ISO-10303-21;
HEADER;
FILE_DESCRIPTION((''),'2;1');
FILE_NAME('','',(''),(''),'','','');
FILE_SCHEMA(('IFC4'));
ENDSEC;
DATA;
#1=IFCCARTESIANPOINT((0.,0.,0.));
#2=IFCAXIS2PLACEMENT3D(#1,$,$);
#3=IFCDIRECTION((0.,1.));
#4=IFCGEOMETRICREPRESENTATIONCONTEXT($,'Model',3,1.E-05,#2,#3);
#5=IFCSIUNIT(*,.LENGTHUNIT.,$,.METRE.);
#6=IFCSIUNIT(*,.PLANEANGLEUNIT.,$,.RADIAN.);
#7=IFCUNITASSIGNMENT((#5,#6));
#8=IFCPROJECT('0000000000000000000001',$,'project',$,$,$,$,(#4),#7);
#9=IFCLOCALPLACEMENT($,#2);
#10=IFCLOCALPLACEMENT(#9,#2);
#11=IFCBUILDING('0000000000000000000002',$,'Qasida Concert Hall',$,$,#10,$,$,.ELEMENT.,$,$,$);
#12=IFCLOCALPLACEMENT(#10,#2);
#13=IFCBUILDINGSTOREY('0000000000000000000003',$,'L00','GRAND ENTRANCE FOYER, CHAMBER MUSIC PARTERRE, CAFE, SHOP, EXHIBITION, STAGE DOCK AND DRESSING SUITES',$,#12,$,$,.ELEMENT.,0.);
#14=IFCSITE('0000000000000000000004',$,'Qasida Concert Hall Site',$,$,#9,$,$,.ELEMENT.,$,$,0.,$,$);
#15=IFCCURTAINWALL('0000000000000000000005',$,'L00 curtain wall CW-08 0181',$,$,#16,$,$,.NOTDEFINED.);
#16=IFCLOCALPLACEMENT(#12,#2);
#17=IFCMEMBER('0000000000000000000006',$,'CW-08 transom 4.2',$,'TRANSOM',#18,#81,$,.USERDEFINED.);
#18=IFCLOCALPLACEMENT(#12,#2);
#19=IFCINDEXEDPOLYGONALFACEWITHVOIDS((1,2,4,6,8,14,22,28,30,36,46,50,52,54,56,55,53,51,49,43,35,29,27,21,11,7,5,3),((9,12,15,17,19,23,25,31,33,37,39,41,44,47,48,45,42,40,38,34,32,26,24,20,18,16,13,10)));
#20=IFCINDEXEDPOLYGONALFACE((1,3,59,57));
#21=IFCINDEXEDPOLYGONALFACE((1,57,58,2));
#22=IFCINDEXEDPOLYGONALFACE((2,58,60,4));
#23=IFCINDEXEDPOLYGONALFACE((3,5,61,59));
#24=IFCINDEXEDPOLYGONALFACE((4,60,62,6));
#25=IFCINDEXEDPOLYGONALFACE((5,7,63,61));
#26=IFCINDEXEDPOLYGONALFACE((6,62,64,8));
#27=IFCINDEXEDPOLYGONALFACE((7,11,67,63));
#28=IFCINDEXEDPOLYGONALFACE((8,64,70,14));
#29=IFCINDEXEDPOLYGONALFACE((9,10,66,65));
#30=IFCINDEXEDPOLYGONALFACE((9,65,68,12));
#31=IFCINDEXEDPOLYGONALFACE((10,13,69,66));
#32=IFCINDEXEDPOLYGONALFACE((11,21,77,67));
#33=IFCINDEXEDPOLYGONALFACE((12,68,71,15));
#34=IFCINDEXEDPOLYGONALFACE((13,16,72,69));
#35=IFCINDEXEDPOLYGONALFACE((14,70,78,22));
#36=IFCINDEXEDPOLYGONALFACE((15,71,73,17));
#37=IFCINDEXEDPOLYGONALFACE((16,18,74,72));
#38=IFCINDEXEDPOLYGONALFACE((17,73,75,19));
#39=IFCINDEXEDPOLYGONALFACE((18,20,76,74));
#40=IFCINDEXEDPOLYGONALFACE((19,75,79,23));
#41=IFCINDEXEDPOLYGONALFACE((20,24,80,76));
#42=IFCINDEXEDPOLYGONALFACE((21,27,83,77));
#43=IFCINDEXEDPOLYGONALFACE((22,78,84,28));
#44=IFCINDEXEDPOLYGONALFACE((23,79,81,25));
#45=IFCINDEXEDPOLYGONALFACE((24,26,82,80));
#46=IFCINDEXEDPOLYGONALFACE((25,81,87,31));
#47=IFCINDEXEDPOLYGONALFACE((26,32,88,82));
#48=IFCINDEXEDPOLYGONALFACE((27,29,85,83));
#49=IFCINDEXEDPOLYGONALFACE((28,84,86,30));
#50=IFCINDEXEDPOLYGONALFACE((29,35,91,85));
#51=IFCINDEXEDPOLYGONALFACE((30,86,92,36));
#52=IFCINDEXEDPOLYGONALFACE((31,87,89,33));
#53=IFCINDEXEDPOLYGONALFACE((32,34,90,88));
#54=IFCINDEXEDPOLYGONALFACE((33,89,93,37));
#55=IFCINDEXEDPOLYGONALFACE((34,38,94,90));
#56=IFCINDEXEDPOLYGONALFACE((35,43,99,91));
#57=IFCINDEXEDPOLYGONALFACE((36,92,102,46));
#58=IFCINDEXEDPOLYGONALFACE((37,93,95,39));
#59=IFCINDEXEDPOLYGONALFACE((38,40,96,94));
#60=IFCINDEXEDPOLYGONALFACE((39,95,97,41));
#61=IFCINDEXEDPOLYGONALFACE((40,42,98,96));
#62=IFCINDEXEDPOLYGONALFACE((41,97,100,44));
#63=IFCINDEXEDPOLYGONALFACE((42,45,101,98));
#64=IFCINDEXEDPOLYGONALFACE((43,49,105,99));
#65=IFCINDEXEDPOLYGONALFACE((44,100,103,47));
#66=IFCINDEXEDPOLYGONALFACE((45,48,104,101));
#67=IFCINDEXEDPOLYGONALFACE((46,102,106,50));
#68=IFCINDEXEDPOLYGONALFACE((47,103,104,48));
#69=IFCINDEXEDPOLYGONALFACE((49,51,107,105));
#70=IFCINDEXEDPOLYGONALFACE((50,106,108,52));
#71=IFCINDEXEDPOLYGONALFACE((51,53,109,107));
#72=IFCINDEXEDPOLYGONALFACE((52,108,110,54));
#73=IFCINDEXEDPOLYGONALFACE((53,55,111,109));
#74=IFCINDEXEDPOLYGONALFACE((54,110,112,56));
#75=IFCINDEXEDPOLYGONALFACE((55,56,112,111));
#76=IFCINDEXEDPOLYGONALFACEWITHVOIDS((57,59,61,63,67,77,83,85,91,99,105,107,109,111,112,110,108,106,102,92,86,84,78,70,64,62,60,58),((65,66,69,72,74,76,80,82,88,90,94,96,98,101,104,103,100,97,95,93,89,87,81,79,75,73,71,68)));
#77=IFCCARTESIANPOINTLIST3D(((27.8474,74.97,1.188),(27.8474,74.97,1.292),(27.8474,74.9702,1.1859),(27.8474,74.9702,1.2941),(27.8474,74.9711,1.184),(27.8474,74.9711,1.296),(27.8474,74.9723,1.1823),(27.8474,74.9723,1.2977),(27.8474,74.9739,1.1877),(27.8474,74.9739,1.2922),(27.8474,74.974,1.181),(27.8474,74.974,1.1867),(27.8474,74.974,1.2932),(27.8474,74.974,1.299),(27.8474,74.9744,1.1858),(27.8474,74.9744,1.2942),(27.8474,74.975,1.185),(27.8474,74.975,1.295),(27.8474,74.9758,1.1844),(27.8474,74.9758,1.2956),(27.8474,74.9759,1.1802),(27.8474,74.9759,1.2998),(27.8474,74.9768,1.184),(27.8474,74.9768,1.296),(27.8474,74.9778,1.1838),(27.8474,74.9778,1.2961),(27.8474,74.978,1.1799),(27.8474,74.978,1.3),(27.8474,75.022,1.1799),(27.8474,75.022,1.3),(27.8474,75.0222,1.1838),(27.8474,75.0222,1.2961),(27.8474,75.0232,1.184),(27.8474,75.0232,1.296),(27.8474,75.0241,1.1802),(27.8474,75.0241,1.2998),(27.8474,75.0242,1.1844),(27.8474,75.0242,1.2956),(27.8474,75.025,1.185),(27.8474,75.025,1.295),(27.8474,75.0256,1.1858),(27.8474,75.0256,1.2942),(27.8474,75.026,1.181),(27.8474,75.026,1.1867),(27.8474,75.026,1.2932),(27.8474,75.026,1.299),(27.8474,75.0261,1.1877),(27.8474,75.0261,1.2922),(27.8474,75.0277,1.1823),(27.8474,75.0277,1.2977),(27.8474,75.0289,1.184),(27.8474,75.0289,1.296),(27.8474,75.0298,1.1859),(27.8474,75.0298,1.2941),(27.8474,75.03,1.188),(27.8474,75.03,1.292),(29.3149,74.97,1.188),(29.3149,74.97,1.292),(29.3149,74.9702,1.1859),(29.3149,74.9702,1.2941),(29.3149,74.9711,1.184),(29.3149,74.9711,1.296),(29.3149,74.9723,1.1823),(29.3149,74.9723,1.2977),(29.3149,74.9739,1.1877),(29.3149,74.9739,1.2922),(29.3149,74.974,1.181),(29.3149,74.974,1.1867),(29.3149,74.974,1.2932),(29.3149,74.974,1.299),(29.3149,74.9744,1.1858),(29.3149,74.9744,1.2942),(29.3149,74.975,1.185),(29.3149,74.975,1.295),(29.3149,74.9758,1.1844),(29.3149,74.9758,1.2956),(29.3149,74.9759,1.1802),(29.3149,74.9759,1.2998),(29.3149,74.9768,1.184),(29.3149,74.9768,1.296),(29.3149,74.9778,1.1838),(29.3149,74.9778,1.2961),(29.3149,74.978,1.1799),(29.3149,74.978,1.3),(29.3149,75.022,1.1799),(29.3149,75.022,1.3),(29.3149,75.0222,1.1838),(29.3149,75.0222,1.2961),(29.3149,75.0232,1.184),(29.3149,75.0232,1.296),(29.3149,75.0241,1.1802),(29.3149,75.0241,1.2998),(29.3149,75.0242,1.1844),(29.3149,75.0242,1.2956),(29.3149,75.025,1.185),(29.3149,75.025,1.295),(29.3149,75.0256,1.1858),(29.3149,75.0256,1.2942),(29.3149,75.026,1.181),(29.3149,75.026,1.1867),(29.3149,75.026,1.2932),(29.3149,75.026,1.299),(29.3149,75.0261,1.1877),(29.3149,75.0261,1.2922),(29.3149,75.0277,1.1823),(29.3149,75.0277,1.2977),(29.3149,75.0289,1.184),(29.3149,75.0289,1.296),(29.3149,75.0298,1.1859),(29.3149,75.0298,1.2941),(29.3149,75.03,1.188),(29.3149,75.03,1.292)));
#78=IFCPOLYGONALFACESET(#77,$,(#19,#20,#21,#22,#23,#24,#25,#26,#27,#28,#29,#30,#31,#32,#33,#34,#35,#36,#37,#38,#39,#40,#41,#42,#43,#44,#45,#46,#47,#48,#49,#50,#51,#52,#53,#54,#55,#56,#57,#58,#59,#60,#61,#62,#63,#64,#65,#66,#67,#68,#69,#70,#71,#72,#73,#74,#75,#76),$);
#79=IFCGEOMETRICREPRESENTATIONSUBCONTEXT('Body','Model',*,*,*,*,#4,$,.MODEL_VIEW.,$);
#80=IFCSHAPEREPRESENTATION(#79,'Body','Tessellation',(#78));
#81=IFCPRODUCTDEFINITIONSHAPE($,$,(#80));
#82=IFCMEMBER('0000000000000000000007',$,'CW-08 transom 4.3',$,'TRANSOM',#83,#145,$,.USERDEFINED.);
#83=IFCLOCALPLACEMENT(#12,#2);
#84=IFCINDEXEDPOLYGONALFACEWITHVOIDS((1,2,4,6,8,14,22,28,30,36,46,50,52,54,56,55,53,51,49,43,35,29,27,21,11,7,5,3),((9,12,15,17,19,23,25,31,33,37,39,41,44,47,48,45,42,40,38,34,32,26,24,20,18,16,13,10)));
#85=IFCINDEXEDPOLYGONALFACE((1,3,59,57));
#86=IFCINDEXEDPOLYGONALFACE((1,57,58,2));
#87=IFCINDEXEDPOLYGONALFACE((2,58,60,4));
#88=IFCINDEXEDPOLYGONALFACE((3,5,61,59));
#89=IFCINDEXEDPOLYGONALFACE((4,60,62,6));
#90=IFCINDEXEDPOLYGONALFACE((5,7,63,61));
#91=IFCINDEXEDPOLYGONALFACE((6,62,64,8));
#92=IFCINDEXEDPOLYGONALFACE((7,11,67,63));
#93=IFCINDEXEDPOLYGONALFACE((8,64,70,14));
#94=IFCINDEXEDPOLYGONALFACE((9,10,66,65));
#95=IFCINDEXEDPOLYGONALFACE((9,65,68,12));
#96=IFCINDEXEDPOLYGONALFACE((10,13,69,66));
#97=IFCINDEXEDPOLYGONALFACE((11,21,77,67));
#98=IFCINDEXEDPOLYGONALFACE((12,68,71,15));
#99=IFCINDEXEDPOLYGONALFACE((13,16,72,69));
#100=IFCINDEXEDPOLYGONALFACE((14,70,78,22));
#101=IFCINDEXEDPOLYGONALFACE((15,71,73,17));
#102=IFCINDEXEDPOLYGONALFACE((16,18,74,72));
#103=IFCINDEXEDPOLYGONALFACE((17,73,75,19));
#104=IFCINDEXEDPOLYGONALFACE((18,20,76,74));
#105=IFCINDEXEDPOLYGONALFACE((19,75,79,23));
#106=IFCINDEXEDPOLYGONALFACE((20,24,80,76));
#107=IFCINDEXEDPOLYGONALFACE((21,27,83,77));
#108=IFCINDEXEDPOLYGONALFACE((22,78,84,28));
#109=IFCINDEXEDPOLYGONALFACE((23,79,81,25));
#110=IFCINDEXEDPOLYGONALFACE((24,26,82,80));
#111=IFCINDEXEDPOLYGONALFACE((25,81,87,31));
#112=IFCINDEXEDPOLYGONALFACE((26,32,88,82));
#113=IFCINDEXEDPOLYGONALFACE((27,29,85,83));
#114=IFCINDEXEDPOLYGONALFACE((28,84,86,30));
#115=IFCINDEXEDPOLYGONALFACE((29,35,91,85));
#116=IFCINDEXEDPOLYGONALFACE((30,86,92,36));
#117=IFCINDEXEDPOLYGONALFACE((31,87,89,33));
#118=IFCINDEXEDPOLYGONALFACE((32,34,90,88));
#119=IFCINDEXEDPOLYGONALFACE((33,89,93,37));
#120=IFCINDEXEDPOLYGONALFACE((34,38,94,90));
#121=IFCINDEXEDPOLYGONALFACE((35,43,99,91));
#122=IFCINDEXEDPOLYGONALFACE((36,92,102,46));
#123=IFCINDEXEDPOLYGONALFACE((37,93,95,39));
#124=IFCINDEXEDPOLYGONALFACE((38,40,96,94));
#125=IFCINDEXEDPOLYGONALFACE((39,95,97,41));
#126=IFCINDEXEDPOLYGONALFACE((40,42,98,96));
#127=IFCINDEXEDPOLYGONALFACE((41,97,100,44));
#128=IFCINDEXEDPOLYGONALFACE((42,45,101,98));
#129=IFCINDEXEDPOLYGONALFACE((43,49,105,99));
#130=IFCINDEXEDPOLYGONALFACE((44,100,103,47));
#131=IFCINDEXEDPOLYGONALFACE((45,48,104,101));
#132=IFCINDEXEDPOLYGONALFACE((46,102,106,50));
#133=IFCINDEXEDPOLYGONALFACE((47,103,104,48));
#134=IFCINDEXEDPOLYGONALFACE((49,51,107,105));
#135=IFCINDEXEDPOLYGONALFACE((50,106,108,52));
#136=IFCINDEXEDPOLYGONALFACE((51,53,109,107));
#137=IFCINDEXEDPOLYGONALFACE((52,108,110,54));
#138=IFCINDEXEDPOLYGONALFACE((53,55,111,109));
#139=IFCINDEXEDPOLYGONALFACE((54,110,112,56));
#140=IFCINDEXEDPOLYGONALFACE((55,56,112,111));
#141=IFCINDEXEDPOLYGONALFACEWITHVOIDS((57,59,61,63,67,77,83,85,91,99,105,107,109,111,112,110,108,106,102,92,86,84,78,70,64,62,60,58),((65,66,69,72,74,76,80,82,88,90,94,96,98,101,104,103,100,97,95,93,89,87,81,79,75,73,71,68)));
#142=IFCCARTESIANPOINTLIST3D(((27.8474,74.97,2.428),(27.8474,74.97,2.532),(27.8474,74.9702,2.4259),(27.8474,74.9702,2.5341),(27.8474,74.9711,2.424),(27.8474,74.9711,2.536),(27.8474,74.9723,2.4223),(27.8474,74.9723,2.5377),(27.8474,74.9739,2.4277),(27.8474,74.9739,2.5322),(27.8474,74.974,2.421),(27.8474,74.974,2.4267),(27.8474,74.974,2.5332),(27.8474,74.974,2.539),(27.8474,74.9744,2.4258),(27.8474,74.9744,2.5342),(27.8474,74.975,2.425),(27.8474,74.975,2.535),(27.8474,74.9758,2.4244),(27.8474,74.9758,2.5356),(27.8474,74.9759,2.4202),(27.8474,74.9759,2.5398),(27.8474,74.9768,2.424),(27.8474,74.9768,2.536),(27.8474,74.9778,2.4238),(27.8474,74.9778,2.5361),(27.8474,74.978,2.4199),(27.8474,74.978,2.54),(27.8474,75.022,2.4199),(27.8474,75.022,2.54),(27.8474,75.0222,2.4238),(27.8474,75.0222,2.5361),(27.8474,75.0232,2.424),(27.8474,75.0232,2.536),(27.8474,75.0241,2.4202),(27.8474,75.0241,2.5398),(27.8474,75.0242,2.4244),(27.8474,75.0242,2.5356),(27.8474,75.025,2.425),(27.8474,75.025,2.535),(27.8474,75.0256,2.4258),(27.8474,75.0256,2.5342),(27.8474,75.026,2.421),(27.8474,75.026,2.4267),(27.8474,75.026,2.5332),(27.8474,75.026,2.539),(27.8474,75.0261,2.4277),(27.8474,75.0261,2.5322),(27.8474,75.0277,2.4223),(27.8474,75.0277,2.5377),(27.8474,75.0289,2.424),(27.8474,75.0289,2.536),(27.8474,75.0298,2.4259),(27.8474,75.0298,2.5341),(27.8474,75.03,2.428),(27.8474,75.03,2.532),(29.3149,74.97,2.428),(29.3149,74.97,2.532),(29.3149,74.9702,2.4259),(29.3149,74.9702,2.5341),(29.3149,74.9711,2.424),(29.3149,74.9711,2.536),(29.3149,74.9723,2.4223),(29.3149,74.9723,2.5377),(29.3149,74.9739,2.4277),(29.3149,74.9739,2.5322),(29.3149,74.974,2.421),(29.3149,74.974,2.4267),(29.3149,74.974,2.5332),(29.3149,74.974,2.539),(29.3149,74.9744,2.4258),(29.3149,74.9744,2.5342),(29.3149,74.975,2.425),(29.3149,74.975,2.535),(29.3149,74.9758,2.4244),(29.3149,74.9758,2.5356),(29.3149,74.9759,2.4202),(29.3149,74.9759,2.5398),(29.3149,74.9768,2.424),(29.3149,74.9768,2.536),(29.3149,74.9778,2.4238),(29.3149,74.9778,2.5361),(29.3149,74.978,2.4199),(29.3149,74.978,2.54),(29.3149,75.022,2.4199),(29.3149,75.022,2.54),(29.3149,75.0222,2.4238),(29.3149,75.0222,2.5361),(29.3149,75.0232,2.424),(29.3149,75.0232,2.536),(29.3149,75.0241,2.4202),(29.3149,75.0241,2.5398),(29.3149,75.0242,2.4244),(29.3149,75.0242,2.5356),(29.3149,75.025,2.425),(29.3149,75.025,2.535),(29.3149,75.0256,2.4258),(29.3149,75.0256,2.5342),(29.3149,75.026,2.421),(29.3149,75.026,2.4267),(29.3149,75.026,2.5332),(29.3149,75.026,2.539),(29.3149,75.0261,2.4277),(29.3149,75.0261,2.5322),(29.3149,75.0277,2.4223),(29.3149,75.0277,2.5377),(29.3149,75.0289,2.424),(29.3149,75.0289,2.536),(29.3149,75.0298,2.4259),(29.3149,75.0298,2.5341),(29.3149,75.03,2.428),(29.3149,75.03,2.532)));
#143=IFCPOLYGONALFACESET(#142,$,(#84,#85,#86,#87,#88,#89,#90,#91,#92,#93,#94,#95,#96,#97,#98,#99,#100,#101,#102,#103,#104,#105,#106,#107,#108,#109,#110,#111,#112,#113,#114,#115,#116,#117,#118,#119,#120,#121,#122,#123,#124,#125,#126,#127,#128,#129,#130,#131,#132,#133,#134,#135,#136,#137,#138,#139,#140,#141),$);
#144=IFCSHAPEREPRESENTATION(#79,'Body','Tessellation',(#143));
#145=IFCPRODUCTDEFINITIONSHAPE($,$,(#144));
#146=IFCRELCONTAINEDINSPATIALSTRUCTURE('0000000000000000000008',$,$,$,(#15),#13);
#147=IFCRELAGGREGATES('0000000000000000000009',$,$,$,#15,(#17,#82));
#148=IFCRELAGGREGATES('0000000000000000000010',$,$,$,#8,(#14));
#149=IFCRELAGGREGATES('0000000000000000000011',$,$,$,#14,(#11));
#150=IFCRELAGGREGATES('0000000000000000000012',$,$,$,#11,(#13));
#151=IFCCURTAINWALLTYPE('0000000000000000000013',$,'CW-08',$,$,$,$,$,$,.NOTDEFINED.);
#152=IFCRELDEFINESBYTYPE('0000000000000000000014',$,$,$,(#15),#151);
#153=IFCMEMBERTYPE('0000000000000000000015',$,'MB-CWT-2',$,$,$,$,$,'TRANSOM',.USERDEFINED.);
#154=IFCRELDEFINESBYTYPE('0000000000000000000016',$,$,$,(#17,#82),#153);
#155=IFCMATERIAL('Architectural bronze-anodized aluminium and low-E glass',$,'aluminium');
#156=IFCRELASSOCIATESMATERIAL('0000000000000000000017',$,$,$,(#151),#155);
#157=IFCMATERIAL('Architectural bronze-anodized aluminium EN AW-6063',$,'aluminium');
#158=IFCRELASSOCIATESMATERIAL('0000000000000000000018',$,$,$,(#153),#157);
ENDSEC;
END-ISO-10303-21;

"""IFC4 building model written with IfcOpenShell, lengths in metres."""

from ifc_helpers import new_model, si_unit, direction, frame, origin, origin_2d, place, context, subcontext, project, spatial, hollow_rectangle, extrude, material, material_profile, profile_set, type_object, element, aggregate, save


model = new_model("IFC4")

# Units and contexts
model_context = context("Model", 3, precision=1e-05, world=origin(), true_north=direction((0.0, 1.0)))
body_context = subcontext(model_context, "Body", "Model", "MODEL_VIEW")
ifc_project = project(units=[si_unit("LENGTHUNIT", "METRE"), si_unit("PLANEANGLEUNIT", "RADIAN")], contexts=[model_context])

# Site, building, storey
site_placement = place(None, origin())
site = spatial("IfcSite", under=ifc_project, at=site_placement, Name="Qasida Concert Hall Site", CompositionType="ELEMENT", RefElevation=0.0)
building_placement = place(site_placement, origin())
building = spatial("IfcBuilding", under=site, at=building_placement, Name="Qasida Concert Hall", CompositionType="ELEMENT")
storey_placement = place(building_placement, origin())
storey = spatial("IfcBuildingStorey", under=building, at=storey_placement, Name="L00", Description="GRAND ENTRANCE FOYER, CHAMBER MUSIC PARTERRE, CAFE, SHOP, EXHIBITION, STAGE DOCK AND DRESSING SUITES", CompositionType="ELEMENT", Elevation=0.0)

# Curtain wall
ifc_material_1 = material(Name="Architectural bronze-anodized aluminium and low-E glass", Category="aluminium")
curtain_wall_type = type_object("IfcCurtainWallType", Name="CW-08", PredefinedType="NOTDEFINED", material=ifc_material_1)
curtain_wall_1_placement = place(storey_placement, origin())
curtain_wall_1 = element("IfcCurtainWall", 1, at=curtain_wall_1_placement, inside=storey, type_object=curtain_wall_type, Name="L00 curtain wall CW-08 0181", PredefinedType="NOTDEFINED")
ifc_material_2 = material(Name="Architectural bronze-anodized aluminium EN AW-6063", Category="aluminium")

# Members
ifc_material_profile_1 = material_profile(ifc_material_2, hollow_rectangle(XDim=0.0601, YDim=0.1201, WallThickness=0.0039, InnerFilletRadius=0.0039, OuterFilletRadius=0.0081, at=origin_2d()), Name="CWT 120x60x4")
ifc_profile_set_1 = profile_set([ifc_material_profile_1], Name="Architectural bronze-anodized aluminium EN AW-6063")
member_type_1 = type_object("IfcMemberType", Name="MB-CWT-2", ElementType="TRANSOM", PredefinedType="USERDEFINED", material=ifc_profile_set_1)
member_1_placement = place(storey_placement, frame((27.8474, 75.0, 1.24), z_axis=(1.0, 0.0, 0.0), x_axis=(0.0, 1.0, 0.0)))
member_1 = element("IfcMember", 2, at=member_1_placement, type_object=member_type_1, Name="CW-08 transom 4.2", ObjectType="TRANSOM", PredefinedType="USERDEFINED", context=body_context, shape_type="SweptSolid", body=[
    extrude(hollow_rectangle(XDim=0.0601, YDim=0.1201, WallThickness=0.0039, InnerFilletRadius=0.0039, OuterFilletRadius=0.0081, at=origin_2d()), origin(), (0.0, 0.0, 1.0), 1.4675),
])
member_2_placement = place(storey_placement, frame((27.8474, 75.0, 2.48), z_axis=(1.0, 0.0, 0.0), x_axis=(0.0, 1.0, 0.0)))
member_2 = element("IfcMember", 3, at=member_2_placement, type_object=member_type_1, Name="CW-08 transom 4.3", ObjectType="TRANSOM", PredefinedType="USERDEFINED", context=body_context, shape_type="SweptSolid", body=[
    extrude(hollow_rectangle(XDim=0.0601, YDim=0.1201, WallThickness=0.0039, InnerFilletRadius=0.0039, OuterFilletRadius=0.0081, at=origin_2d()), origin(), (0.0, 0.0, 1.0), 1.4675),
])

aggregate(curtain_wall_1, [member_1, member_2])

save(model, "model.ifc")
